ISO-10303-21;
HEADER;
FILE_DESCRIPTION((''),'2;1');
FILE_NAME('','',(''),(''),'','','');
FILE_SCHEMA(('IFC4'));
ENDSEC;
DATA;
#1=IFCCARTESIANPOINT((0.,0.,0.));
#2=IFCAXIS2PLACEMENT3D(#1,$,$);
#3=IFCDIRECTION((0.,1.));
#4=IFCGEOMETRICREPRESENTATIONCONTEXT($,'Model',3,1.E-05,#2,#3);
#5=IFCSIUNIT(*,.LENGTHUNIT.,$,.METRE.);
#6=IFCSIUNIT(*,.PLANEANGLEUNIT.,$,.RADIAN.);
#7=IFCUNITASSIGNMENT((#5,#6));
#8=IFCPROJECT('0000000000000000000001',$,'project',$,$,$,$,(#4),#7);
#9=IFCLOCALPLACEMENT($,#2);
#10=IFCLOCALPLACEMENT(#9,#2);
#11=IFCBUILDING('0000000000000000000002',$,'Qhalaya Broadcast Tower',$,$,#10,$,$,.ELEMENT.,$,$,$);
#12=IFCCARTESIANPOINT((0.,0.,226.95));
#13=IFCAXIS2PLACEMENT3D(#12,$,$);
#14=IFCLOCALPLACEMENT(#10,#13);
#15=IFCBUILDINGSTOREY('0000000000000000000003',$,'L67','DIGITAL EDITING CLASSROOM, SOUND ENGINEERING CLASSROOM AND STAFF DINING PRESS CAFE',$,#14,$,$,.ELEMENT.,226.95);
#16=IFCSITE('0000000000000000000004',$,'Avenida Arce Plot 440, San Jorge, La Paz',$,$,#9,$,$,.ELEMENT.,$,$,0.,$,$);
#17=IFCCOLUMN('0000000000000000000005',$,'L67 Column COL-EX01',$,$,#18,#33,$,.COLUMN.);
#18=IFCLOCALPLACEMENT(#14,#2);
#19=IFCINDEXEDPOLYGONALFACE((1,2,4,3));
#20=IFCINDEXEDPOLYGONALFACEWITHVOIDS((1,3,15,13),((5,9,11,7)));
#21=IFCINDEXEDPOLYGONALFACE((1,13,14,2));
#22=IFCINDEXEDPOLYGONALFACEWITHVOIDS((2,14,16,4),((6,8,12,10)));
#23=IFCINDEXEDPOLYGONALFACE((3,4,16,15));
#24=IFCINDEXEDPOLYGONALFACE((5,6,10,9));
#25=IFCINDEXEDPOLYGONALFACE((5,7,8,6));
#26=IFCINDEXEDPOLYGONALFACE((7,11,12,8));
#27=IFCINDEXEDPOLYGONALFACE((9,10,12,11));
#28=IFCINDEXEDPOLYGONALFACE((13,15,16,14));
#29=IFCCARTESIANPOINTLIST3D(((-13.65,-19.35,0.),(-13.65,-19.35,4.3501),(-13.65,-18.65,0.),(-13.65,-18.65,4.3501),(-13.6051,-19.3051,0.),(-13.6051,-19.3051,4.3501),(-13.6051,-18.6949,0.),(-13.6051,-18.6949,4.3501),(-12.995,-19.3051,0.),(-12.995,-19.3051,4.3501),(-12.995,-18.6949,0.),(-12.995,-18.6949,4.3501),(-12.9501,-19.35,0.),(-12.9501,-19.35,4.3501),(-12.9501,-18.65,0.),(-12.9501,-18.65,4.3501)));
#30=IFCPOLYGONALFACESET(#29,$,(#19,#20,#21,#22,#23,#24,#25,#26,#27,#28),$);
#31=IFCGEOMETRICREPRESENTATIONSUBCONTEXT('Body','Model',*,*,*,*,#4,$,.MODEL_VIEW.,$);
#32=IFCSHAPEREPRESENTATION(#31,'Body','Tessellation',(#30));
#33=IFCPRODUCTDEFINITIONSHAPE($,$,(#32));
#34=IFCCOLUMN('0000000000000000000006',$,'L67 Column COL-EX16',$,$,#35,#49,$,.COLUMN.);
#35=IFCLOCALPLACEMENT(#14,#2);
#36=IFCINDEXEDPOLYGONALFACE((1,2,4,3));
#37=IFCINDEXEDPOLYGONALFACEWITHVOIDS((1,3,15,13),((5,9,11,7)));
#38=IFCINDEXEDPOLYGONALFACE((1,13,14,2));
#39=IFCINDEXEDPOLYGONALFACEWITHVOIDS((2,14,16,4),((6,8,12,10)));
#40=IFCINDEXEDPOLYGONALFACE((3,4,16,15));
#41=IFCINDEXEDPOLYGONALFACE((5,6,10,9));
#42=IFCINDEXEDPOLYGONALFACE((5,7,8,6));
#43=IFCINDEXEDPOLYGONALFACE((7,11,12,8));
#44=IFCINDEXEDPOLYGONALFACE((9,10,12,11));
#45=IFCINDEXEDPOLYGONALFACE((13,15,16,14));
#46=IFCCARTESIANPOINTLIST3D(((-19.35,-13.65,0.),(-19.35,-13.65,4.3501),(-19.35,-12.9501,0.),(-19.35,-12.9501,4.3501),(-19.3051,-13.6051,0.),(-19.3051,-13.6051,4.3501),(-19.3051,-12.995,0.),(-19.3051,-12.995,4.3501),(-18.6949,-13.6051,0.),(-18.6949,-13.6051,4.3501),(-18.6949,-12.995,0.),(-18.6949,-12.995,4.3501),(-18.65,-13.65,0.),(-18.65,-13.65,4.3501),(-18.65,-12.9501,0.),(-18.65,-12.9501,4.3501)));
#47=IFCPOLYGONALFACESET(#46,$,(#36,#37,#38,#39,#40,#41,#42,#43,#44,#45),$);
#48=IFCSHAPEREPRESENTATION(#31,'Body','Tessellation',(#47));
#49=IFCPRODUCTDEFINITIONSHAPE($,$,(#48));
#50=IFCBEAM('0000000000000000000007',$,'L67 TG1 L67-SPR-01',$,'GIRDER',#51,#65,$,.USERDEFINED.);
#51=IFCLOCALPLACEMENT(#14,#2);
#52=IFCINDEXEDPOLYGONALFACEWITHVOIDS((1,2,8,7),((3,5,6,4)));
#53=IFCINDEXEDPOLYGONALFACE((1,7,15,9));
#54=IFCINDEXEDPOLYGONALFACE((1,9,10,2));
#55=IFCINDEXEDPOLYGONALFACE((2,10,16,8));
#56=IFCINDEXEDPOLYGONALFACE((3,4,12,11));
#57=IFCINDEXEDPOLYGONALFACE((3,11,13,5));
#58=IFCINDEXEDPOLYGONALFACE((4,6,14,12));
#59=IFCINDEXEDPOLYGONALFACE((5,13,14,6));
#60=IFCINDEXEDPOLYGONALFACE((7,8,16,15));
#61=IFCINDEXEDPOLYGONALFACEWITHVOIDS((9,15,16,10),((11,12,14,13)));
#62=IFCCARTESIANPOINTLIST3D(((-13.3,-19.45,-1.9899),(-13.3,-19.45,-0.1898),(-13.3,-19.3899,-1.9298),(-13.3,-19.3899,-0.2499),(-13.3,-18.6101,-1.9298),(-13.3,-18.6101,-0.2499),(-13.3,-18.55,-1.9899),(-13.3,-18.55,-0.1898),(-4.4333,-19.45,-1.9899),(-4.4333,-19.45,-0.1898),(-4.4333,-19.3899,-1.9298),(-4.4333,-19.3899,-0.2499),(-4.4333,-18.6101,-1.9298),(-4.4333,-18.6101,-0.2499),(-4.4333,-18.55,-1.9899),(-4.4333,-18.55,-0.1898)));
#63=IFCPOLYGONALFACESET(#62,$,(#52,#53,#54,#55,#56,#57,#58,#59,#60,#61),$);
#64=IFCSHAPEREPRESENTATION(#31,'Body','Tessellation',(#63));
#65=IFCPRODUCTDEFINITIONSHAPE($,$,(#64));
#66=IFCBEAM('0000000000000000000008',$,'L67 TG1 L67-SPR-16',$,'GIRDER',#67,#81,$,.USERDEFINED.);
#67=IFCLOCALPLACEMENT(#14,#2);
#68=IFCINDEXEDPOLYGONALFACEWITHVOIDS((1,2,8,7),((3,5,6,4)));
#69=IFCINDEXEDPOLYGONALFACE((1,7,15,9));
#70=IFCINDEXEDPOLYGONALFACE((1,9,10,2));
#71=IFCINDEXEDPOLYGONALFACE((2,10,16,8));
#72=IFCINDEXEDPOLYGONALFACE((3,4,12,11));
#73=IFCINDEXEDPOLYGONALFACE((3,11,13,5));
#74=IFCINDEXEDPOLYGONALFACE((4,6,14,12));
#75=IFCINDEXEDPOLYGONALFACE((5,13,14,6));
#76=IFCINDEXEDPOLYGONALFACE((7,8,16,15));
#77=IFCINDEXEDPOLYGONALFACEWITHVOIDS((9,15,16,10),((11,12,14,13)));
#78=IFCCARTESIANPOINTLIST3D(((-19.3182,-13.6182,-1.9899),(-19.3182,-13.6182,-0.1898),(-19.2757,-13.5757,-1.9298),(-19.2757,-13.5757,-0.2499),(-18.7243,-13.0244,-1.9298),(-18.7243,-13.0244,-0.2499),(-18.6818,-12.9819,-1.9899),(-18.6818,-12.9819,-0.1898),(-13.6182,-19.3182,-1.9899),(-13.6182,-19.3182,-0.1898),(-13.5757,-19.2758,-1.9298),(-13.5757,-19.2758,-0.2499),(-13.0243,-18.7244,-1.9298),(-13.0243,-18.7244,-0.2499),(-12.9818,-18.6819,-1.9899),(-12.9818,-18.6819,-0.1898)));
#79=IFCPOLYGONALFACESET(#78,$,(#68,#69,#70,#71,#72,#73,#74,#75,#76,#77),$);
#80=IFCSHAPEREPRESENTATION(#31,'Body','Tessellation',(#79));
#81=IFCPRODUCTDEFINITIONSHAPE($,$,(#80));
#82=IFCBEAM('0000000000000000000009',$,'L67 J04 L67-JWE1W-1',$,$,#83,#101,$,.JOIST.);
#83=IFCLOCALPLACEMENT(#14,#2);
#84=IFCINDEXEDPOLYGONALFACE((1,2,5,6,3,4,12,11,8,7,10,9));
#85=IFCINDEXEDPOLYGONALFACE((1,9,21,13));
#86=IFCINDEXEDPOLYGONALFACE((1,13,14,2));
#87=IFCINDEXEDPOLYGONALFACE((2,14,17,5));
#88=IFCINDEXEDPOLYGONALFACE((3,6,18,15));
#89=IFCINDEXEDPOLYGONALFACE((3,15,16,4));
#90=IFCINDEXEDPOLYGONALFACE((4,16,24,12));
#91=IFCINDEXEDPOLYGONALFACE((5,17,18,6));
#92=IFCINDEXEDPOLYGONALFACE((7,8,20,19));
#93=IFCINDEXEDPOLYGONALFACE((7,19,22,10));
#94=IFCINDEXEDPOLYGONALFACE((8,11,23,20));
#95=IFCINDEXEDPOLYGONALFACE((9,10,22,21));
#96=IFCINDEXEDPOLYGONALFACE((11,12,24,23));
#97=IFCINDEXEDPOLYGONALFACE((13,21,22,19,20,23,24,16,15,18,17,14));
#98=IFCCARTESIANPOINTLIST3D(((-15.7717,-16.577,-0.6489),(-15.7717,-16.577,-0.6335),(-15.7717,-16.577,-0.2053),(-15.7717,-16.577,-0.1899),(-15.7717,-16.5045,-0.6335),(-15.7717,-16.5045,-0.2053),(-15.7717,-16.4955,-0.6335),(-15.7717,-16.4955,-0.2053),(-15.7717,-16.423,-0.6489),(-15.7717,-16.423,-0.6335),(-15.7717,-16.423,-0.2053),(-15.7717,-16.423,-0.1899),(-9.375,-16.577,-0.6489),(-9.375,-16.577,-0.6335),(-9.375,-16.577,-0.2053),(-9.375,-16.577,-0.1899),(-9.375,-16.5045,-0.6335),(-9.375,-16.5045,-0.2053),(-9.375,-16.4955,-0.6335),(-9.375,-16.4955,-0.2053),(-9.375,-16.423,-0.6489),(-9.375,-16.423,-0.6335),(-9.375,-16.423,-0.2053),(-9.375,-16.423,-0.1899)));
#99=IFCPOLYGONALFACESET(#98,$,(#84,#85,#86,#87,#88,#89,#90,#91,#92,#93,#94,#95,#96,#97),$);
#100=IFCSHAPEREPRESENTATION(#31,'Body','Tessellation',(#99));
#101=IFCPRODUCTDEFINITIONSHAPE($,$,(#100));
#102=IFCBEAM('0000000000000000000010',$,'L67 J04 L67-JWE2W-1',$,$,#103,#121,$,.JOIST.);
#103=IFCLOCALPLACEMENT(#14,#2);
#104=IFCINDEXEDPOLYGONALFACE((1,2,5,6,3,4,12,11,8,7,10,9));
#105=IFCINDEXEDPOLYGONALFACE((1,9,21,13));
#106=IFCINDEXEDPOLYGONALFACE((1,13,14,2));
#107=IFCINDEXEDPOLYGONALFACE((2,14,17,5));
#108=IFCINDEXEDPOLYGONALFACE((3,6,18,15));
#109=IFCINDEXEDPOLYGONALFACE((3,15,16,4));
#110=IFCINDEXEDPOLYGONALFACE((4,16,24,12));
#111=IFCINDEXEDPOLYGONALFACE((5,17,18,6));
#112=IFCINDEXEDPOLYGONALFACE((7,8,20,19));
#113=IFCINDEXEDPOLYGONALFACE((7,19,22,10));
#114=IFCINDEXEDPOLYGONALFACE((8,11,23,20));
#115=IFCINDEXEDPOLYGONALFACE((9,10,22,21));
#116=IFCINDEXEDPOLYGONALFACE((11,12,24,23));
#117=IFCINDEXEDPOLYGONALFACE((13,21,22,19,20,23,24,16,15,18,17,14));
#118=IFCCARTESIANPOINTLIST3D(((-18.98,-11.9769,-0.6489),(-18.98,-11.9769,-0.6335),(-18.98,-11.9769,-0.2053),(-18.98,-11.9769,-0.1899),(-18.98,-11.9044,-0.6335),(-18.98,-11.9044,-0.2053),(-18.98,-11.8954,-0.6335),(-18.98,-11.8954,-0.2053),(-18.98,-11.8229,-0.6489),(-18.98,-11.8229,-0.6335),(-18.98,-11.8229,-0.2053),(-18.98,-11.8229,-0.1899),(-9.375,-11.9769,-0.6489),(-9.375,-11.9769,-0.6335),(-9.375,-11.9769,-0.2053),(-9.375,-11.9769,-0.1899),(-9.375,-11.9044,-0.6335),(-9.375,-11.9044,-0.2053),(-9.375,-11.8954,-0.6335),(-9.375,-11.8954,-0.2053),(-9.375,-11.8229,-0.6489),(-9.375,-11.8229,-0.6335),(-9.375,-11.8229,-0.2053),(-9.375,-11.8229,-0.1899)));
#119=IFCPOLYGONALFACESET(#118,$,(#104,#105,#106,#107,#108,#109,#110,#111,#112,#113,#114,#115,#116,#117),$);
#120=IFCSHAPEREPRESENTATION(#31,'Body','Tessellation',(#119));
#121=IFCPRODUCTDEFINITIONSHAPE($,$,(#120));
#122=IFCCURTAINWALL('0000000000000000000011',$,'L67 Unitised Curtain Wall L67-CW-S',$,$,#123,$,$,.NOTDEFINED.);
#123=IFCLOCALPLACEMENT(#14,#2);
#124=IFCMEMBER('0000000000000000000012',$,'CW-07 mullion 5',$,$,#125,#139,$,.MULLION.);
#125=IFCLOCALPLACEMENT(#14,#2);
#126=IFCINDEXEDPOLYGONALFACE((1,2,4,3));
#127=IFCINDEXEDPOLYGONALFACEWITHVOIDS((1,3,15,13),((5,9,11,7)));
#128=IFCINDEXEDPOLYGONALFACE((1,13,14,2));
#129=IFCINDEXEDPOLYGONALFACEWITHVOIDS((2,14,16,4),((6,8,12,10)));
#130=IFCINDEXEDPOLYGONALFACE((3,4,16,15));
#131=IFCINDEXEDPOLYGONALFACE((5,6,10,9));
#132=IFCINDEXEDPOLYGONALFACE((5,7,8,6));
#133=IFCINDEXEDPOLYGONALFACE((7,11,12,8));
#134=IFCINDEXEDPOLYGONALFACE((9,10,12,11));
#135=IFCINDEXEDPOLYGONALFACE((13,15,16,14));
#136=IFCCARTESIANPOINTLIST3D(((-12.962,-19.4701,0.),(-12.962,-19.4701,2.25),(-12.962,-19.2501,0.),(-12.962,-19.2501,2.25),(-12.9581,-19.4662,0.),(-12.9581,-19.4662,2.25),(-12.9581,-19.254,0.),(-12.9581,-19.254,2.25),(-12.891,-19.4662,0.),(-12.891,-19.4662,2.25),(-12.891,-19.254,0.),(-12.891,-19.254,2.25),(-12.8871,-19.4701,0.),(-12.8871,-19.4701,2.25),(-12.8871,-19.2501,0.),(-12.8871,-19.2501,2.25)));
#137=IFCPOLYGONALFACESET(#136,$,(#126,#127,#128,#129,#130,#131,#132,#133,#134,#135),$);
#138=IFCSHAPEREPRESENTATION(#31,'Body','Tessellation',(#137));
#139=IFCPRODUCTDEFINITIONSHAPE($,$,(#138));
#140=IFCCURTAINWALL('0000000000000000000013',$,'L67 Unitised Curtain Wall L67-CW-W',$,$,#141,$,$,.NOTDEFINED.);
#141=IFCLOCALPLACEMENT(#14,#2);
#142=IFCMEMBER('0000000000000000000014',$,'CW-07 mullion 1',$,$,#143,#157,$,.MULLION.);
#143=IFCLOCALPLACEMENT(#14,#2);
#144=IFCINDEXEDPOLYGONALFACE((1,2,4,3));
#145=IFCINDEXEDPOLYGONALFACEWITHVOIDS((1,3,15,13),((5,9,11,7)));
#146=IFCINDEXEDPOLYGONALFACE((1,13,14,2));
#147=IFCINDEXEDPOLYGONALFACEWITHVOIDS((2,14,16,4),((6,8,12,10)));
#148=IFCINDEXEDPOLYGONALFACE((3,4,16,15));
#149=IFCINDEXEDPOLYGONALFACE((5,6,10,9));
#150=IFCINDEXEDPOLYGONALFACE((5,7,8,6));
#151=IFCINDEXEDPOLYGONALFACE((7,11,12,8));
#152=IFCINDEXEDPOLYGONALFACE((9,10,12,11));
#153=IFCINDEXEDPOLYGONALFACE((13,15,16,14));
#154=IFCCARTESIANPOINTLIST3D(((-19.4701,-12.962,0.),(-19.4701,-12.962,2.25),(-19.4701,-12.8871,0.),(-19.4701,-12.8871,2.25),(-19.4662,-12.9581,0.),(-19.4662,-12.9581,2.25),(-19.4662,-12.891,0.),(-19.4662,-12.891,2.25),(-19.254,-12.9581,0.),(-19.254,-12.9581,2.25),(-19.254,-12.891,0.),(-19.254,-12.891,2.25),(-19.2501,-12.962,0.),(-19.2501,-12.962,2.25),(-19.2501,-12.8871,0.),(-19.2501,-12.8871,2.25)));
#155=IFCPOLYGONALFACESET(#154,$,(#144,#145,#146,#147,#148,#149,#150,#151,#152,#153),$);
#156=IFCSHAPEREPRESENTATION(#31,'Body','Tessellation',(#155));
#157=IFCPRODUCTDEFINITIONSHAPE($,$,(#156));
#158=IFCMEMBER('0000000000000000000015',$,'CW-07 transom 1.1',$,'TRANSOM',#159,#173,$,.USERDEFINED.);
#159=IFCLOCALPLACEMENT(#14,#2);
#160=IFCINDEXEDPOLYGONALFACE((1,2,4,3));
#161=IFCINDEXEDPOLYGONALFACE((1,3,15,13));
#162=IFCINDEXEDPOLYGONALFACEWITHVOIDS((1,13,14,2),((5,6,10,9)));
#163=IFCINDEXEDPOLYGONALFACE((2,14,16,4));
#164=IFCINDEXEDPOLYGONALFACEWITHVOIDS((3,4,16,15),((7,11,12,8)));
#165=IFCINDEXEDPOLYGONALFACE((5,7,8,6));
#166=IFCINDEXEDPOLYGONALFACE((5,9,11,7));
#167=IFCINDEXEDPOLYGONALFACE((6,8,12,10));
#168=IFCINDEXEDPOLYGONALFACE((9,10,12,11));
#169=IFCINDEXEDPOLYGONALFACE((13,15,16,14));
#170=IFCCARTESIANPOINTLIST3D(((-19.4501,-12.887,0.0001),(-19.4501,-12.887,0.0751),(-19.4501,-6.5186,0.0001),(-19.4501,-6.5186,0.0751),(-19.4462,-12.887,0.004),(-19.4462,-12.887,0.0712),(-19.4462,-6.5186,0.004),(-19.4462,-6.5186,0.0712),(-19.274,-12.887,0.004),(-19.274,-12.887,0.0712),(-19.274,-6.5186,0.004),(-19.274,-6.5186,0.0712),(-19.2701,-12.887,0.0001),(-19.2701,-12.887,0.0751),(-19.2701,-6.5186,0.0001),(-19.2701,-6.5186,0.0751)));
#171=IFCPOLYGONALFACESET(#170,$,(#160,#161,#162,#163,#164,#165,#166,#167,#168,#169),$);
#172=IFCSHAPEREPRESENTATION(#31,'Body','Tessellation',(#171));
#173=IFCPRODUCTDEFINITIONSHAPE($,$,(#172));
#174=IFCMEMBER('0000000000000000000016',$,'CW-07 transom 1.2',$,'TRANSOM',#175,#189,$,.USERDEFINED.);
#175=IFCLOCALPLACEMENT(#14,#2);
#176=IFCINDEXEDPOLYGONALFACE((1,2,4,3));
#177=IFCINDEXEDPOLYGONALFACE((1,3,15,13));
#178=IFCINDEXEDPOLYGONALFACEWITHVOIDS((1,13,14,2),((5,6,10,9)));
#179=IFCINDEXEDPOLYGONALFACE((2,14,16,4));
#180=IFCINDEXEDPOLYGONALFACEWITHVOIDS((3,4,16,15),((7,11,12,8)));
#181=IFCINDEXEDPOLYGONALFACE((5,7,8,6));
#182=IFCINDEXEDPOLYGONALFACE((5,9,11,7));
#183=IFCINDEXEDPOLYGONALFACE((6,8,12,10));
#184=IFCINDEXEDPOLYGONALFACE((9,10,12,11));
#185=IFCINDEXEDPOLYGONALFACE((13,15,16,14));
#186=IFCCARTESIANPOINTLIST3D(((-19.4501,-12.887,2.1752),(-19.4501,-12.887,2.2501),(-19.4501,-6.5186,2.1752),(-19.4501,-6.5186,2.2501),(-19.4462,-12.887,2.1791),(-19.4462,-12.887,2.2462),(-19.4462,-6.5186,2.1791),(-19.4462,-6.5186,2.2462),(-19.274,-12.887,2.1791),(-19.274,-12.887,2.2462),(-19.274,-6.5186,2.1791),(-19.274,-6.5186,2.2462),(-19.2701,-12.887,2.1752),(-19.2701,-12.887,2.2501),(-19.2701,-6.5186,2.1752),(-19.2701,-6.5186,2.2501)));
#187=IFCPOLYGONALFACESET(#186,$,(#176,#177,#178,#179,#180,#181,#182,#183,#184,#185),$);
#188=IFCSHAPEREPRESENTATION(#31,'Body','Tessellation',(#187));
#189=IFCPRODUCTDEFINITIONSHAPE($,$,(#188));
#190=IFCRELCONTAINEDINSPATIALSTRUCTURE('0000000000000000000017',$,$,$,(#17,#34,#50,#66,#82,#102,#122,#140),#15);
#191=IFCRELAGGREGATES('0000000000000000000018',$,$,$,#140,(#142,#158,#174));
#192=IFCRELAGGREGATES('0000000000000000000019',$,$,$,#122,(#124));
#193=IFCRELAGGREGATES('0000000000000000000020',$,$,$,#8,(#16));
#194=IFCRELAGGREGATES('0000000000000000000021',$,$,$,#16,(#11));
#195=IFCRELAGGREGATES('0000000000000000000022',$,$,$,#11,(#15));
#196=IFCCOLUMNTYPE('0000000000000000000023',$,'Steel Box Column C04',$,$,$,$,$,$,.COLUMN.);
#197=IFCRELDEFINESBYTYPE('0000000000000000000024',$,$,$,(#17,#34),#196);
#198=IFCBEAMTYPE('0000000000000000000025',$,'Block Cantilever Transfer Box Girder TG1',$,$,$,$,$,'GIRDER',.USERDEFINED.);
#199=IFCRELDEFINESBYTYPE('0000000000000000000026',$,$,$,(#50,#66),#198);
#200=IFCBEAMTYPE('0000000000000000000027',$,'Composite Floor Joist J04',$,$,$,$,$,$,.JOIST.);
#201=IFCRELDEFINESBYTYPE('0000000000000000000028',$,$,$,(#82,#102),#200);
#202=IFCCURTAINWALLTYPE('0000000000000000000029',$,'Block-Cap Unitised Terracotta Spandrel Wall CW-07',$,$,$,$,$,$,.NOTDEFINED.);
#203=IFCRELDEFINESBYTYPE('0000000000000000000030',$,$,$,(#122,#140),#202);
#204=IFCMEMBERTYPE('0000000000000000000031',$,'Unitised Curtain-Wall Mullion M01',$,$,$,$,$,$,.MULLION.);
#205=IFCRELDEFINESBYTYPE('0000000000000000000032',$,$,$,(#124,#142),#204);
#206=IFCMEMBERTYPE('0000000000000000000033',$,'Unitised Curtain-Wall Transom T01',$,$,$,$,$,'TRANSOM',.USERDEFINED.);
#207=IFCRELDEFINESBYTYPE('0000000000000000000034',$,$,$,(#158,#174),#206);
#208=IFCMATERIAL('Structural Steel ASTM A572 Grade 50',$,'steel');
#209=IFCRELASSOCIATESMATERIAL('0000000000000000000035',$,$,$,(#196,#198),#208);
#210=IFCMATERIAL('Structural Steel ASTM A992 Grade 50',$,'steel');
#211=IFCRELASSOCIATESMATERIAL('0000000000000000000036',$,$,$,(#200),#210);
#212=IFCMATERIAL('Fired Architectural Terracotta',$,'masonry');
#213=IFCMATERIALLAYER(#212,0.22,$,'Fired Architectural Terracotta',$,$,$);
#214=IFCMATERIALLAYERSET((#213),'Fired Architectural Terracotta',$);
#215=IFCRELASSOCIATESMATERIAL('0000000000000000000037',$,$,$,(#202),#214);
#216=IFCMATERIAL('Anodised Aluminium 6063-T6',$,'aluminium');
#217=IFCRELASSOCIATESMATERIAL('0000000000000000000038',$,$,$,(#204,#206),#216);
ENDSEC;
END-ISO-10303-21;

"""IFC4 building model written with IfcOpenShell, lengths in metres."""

from ifc_helpers import new_model, si_unit, direction, frame, origin, origin_2d, place, context, subcontext, project, spatial, hollow_rectangle, i_section, extrude, material, layer, layer_set, material_profile, profile_set, type_object, element, aggregate, save


model = new_model("IFC4")

# Units and contexts
model_context = context("Model", 3, precision=1e-05, world=origin(), true_north=direction((0.0, 1.0)))
body_context = subcontext(model_context, "Body", "Model", "MODEL_VIEW")
ifc_project = project(units=[si_unit("LENGTHUNIT", "METRE"), si_unit("PLANEANGLEUNIT", "RADIAN")], contexts=[model_context])

# Site, building, storey
site_placement = place(None, origin())
site = spatial("IfcSite", under=ifc_project, at=site_placement, Name="Avenida Arce Plot 440, San Jorge, La Paz", CompositionType="ELEMENT", RefElevation=0.0)
building_placement = place(site_placement, origin())
building = spatial("IfcBuilding", under=site, at=building_placement, Name="Qhalaya Broadcast Tower", CompositionType="ELEMENT")
storey_placement = place(building_placement, frame((0.0, 0.0, 226.95)))
storey = spatial("IfcBuildingStorey", under=building, at=storey_placement, Name="L67", Description="DIGITAL EDITING CLASSROOM, SOUND ENGINEERING CLASSROOM AND STAFF DINING PRESS CAFE", CompositionType="ELEMENT", Elevation=226.95)

# Columns
ifc_material_1 = material(Name="Structural Steel ASTM A572 Grade 50", Category="steel")
ifc_material_profile_1 = material_profile(ifc_material_1, hollow_rectangle(XDim=0.7, YDim=0.7, WallThickness=0.0449, at=origin_2d()), Name="BOX 700x700x45")
ifc_profile_set_1 = profile_set([ifc_material_profile_1], Name="Structural Steel ASTM A572 Grade 50")
column_type = type_object("IfcColumnType", Name="Steel Box Column C04", PredefinedType="COLUMN", material=ifc_profile_set_1)
for number, where, z_axis, x_axis, name in (
    (1, (-13.3, -19.0, 0.0), (0.0, 0.0, 1.0), (1.0, 0.0, 0.0), "L67 Column COL-EX01"),
    (2, (-19.0, -13.3, 0.0), (0.0, 0.0, 1.0), (0.0, 1.0, 0.0), "L67 Column COL-EX16"),
):
    element("IfcColumn", number, at=place(storey_placement, frame(where, z_axis=z_axis, x_axis=x_axis)), inside=storey, type_object=column_type, Name=name, PredefinedType="COLUMN", context=body_context, shape_type="SweptSolid", body=[
        extrude(hollow_rectangle(XDim=0.7, YDim=0.7, WallThickness=0.0449, at=origin_2d()), origin(), (0.0, 0.0, 1.0), 4.3501),
    ])

# Beams
ifc_material_profile_2 = material_profile(ifc_material_1, hollow_rectangle(XDim=0.8999, YDim=1.8, WallThickness=0.0601, at=origin_2d()), Name="BOX 900x1800x60")
ifc_profile_set_2 = profile_set([ifc_material_profile_2], Name="Structural Steel ASTM A572 Grade 50")
beam_type_1 = type_object("IfcBeamType", Name="Block Cantilever Transfer Box Girder TG1", ElementType="GIRDER", PredefinedType="USERDEFINED", material=ifc_profile_set_2)
beam_1_placement = place(storey_placement, frame((-13.3, -19.0, -1.0898), z_axis=(1.0, 0.0, 0.0), x_axis=(0.0, 1.0, 0.0)))
element("IfcBeam", 3, at=beam_1_placement, inside=storey, type_object=beam_type_1, Name="L67 TG1 L67-SPR-01", ObjectType="GIRDER", PredefinedType="USERDEFINED", context=body_context, shape_type="SweptSolid", body=[
    extrude(hollow_rectangle(XDim=0.8999, YDim=1.8, WallThickness=0.0601, at=origin_2d()), origin(), (0.0, 0.0, 1.0), 8.8667),
])
beam_2_placement = place(storey_placement, frame((-19.0, -13.3, -1.0898), z_axis=(0.707107, -0.707107, 0.0), x_axis=(0.707107, 0.707107, 0.0)))
element("IfcBeam", 4, at=beam_2_placement, inside=storey, type_object=beam_type_1, Name="L67 TG1 L67-SPR-16", ObjectType="GIRDER", PredefinedType="USERDEFINED", context=body_context, shape_type="SweptSolid", body=[
    extrude(hollow_rectangle(XDim=0.8999, YDim=1.8, WallThickness=0.0601, at=origin_2d()), origin(), (0.0, 0.0, 1.0), 8.061),
])
ifc_material_2 = material(Name="Structural Steel ASTM A992 Grade 50", Category="steel")
ifc_material_profile_3 = material_profile(ifc_material_2, i_section(OverallWidth=0.1541, OverallDepth=0.459, WebThickness=0.009, FlangeThickness=0.0154, at=origin_2d()), Name="W18X46")
ifc_profile_set_3 = profile_set([ifc_material_profile_3], Name="Structural Steel ASTM A992 Grade 50")
beam_type_2 = type_object("IfcBeamType", Name="Composite Floor Joist J04", PredefinedType="JOIST", material=ifc_profile_set_3)
beam_3_placement = place(storey_placement, frame((-15.7717, -16.5, -0.4194), z_axis=(1.0, 0.0, 0.0), x_axis=(0.0, 1.0, 0.0)))
element("IfcBeam", 5, at=beam_3_placement, inside=storey, type_object=beam_type_2, Name="L67 J04 L67-JWE1W-1", PredefinedType="JOIST", context=body_context, shape_type="SweptSolid", body=[
    extrude(i_section(OverallWidth=0.1541, OverallDepth=0.459, WebThickness=0.009, FlangeThickness=0.0154, at=origin_2d()), origin(), (0.0, 0.0, 1.0), 6.3967),
])
beam_4_placement = place(storey_placement, frame((-18.98, -11.8999, -0.4194), z_axis=(1.0, 0.0, 0.0), x_axis=(0.0, 1.0, 0.0)))
element("IfcBeam", 6, at=beam_4_placement, inside=storey, type_object=beam_type_2, Name="L67 J04 L67-JWE2W-1", PredefinedType="JOIST", context=body_context, shape_type="SweptSolid", body=[
    extrude(i_section(OverallWidth=0.1541, OverallDepth=0.459, WebThickness=0.009, FlangeThickness=0.0154, at=origin_2d()), origin(), (0.0, 0.0, 1.0), 9.605),
])

# Curtain wall, member
ifc_material_3 = material(Name="Fired Architectural Terracotta", Category="masonry")
ifc_layer_1 = layer(ifc_material_3, 0.22, Name="Fired Architectural Terracotta")
ifc_layer_set_1 = layer_set([ifc_layer_1], Name="Fired Architectural Terracotta")
curtain_wall_type = type_object("IfcCurtainWallType", Name="Block-Cap Unitised Terracotta Spandrel Wall CW-07", PredefinedType="NOTDEFINED", material=ifc_layer_set_1)
curtain_wall_1_placement = place(storey_placement, origin())
curtain_wall_1 = element("IfcCurtainWall", 7, at=curtain_wall_1_placement, inside=storey, type_object=curtain_wall_type, Name="L67 Unitised Curtain Wall L67-CW-S", PredefinedType="NOTDEFINED")
ifc_material_4 = material(Name="Anodised Aluminium 6063-T6", Category="aluminium")
ifc_material_profile_4 = material_profile(ifc_material_4, hollow_rectangle(XDim=0.075, YDim=0.22, WallThickness=0.0039, at=origin_2d()), Name="ALU-MUL 75x220x4")
ifc_profile_set_4 = profile_set([ifc_material_profile_4], Name="Anodised Aluminium 6063-T6")
member_type_1 = type_object("IfcMemberType", Name="Unitised Curtain-Wall Mullion M01", PredefinedType="MULLION", material=ifc_profile_set_4)
member_1_placement = place(storey_placement, frame((-12.9246, -19.3601, 0.0), z_axis=(0.0, 0.0, 1.0), x_axis=(-1.0, 0.0, 0.0)))
member_1 = element("IfcMember", 8, at=member_1_placement, type_object=member_type_1, Name="CW-07 mullion 5", PredefinedType="MULLION", context=body_context, shape_type="SweptSolid", body=[
    extrude(hollow_rectangle(XDim=0.075, YDim=0.22, WallThickness=0.0039, at=origin_2d()), origin(), (0.0, 0.0, 1.0), 2.25),
])

# Curtain wall, members
curtain_wall_2_placement = place(storey_placement, origin())
curtain_wall_2 = element("IfcCurtainWall", 9, at=curtain_wall_2_placement, inside=storey, type_object=curtain_wall_type, Name="L67 Unitised Curtain Wall L67-CW-W", PredefinedType="NOTDEFINED")
member_2_placement = place(storey_placement, frame((-19.3601, -12.9246, 0.0), z_axis=(0.0, 0.0, 1.0), x_axis=(0.0, 1.0, 0.0)))
member_2 = element("IfcMember", 10, at=member_2_placement, type_object=member_type_1, Name="CW-07 mullion 1", PredefinedType="MULLION", context=body_context, shape_type="SweptSolid", body=[
    extrude(hollow_rectangle(XDim=0.075, YDim=0.22, WallThickness=0.0039, at=origin_2d()), origin(), (0.0, 0.0, 1.0), 2.25),
])
ifc_material_profile_5 = material_profile(ifc_material_4, hollow_rectangle(XDim=0.075, YDim=0.1799, WallThickness=0.0039, at=origin_2d()), Name="ALU-TRN 75x180x4")
ifc_profile_set_5 = profile_set([ifc_material_profile_5], Name="Anodised Aluminium 6063-T6")
member_type_2 = type_object("IfcMemberType", Name="Unitised Curtain-Wall Transom T01", ElementType="TRANSOM", PredefinedType="USERDEFINED", material=ifc_profile_set_5)
member_3_placement = place(storey_placement, frame((-19.3601, -12.887, 0.0376), z_axis=(0.0, 1.0, 0.0), x_axis=(0.0, 0.0, 1.0)))
member_3 = element("IfcMember", 11, at=member_3_placement, type_object=member_type_2, Name="CW-07 transom 1.1", ObjectType="TRANSOM", PredefinedType="USERDEFINED", context=body_context, shape_type="SweptSolid", body=[
    extrude(hollow_rectangle(XDim=0.075, YDim=0.1799, WallThickness=0.0039, at=origin_2d()), origin(), (0.0, 0.0, 1.0), 6.3684),
])
member_4_placement = place(storey_placement, frame((-19.3601, -12.887, 2.2126), z_axis=(0.0, 1.0, 0.0), x_axis=(0.0, 0.0, 1.0)))
member_4 = element("IfcMember", 12, at=member_4_placement, type_object=member_type_2, Name="CW-07 transom 1.2", ObjectType="TRANSOM", PredefinedType="USERDEFINED", context=body_context, shape_type="SweptSolid", body=[
    extrude(hollow_rectangle(XDim=0.075, YDim=0.1799, WallThickness=0.0039, at=origin_2d()), origin(), (0.0, 0.0, 1.0), 6.3684),
])
aggregate(curtain_wall_2, [member_2, member_3, member_4])

aggregate(curtain_wall_1, [member_1])

save(model, "model.ifc")
